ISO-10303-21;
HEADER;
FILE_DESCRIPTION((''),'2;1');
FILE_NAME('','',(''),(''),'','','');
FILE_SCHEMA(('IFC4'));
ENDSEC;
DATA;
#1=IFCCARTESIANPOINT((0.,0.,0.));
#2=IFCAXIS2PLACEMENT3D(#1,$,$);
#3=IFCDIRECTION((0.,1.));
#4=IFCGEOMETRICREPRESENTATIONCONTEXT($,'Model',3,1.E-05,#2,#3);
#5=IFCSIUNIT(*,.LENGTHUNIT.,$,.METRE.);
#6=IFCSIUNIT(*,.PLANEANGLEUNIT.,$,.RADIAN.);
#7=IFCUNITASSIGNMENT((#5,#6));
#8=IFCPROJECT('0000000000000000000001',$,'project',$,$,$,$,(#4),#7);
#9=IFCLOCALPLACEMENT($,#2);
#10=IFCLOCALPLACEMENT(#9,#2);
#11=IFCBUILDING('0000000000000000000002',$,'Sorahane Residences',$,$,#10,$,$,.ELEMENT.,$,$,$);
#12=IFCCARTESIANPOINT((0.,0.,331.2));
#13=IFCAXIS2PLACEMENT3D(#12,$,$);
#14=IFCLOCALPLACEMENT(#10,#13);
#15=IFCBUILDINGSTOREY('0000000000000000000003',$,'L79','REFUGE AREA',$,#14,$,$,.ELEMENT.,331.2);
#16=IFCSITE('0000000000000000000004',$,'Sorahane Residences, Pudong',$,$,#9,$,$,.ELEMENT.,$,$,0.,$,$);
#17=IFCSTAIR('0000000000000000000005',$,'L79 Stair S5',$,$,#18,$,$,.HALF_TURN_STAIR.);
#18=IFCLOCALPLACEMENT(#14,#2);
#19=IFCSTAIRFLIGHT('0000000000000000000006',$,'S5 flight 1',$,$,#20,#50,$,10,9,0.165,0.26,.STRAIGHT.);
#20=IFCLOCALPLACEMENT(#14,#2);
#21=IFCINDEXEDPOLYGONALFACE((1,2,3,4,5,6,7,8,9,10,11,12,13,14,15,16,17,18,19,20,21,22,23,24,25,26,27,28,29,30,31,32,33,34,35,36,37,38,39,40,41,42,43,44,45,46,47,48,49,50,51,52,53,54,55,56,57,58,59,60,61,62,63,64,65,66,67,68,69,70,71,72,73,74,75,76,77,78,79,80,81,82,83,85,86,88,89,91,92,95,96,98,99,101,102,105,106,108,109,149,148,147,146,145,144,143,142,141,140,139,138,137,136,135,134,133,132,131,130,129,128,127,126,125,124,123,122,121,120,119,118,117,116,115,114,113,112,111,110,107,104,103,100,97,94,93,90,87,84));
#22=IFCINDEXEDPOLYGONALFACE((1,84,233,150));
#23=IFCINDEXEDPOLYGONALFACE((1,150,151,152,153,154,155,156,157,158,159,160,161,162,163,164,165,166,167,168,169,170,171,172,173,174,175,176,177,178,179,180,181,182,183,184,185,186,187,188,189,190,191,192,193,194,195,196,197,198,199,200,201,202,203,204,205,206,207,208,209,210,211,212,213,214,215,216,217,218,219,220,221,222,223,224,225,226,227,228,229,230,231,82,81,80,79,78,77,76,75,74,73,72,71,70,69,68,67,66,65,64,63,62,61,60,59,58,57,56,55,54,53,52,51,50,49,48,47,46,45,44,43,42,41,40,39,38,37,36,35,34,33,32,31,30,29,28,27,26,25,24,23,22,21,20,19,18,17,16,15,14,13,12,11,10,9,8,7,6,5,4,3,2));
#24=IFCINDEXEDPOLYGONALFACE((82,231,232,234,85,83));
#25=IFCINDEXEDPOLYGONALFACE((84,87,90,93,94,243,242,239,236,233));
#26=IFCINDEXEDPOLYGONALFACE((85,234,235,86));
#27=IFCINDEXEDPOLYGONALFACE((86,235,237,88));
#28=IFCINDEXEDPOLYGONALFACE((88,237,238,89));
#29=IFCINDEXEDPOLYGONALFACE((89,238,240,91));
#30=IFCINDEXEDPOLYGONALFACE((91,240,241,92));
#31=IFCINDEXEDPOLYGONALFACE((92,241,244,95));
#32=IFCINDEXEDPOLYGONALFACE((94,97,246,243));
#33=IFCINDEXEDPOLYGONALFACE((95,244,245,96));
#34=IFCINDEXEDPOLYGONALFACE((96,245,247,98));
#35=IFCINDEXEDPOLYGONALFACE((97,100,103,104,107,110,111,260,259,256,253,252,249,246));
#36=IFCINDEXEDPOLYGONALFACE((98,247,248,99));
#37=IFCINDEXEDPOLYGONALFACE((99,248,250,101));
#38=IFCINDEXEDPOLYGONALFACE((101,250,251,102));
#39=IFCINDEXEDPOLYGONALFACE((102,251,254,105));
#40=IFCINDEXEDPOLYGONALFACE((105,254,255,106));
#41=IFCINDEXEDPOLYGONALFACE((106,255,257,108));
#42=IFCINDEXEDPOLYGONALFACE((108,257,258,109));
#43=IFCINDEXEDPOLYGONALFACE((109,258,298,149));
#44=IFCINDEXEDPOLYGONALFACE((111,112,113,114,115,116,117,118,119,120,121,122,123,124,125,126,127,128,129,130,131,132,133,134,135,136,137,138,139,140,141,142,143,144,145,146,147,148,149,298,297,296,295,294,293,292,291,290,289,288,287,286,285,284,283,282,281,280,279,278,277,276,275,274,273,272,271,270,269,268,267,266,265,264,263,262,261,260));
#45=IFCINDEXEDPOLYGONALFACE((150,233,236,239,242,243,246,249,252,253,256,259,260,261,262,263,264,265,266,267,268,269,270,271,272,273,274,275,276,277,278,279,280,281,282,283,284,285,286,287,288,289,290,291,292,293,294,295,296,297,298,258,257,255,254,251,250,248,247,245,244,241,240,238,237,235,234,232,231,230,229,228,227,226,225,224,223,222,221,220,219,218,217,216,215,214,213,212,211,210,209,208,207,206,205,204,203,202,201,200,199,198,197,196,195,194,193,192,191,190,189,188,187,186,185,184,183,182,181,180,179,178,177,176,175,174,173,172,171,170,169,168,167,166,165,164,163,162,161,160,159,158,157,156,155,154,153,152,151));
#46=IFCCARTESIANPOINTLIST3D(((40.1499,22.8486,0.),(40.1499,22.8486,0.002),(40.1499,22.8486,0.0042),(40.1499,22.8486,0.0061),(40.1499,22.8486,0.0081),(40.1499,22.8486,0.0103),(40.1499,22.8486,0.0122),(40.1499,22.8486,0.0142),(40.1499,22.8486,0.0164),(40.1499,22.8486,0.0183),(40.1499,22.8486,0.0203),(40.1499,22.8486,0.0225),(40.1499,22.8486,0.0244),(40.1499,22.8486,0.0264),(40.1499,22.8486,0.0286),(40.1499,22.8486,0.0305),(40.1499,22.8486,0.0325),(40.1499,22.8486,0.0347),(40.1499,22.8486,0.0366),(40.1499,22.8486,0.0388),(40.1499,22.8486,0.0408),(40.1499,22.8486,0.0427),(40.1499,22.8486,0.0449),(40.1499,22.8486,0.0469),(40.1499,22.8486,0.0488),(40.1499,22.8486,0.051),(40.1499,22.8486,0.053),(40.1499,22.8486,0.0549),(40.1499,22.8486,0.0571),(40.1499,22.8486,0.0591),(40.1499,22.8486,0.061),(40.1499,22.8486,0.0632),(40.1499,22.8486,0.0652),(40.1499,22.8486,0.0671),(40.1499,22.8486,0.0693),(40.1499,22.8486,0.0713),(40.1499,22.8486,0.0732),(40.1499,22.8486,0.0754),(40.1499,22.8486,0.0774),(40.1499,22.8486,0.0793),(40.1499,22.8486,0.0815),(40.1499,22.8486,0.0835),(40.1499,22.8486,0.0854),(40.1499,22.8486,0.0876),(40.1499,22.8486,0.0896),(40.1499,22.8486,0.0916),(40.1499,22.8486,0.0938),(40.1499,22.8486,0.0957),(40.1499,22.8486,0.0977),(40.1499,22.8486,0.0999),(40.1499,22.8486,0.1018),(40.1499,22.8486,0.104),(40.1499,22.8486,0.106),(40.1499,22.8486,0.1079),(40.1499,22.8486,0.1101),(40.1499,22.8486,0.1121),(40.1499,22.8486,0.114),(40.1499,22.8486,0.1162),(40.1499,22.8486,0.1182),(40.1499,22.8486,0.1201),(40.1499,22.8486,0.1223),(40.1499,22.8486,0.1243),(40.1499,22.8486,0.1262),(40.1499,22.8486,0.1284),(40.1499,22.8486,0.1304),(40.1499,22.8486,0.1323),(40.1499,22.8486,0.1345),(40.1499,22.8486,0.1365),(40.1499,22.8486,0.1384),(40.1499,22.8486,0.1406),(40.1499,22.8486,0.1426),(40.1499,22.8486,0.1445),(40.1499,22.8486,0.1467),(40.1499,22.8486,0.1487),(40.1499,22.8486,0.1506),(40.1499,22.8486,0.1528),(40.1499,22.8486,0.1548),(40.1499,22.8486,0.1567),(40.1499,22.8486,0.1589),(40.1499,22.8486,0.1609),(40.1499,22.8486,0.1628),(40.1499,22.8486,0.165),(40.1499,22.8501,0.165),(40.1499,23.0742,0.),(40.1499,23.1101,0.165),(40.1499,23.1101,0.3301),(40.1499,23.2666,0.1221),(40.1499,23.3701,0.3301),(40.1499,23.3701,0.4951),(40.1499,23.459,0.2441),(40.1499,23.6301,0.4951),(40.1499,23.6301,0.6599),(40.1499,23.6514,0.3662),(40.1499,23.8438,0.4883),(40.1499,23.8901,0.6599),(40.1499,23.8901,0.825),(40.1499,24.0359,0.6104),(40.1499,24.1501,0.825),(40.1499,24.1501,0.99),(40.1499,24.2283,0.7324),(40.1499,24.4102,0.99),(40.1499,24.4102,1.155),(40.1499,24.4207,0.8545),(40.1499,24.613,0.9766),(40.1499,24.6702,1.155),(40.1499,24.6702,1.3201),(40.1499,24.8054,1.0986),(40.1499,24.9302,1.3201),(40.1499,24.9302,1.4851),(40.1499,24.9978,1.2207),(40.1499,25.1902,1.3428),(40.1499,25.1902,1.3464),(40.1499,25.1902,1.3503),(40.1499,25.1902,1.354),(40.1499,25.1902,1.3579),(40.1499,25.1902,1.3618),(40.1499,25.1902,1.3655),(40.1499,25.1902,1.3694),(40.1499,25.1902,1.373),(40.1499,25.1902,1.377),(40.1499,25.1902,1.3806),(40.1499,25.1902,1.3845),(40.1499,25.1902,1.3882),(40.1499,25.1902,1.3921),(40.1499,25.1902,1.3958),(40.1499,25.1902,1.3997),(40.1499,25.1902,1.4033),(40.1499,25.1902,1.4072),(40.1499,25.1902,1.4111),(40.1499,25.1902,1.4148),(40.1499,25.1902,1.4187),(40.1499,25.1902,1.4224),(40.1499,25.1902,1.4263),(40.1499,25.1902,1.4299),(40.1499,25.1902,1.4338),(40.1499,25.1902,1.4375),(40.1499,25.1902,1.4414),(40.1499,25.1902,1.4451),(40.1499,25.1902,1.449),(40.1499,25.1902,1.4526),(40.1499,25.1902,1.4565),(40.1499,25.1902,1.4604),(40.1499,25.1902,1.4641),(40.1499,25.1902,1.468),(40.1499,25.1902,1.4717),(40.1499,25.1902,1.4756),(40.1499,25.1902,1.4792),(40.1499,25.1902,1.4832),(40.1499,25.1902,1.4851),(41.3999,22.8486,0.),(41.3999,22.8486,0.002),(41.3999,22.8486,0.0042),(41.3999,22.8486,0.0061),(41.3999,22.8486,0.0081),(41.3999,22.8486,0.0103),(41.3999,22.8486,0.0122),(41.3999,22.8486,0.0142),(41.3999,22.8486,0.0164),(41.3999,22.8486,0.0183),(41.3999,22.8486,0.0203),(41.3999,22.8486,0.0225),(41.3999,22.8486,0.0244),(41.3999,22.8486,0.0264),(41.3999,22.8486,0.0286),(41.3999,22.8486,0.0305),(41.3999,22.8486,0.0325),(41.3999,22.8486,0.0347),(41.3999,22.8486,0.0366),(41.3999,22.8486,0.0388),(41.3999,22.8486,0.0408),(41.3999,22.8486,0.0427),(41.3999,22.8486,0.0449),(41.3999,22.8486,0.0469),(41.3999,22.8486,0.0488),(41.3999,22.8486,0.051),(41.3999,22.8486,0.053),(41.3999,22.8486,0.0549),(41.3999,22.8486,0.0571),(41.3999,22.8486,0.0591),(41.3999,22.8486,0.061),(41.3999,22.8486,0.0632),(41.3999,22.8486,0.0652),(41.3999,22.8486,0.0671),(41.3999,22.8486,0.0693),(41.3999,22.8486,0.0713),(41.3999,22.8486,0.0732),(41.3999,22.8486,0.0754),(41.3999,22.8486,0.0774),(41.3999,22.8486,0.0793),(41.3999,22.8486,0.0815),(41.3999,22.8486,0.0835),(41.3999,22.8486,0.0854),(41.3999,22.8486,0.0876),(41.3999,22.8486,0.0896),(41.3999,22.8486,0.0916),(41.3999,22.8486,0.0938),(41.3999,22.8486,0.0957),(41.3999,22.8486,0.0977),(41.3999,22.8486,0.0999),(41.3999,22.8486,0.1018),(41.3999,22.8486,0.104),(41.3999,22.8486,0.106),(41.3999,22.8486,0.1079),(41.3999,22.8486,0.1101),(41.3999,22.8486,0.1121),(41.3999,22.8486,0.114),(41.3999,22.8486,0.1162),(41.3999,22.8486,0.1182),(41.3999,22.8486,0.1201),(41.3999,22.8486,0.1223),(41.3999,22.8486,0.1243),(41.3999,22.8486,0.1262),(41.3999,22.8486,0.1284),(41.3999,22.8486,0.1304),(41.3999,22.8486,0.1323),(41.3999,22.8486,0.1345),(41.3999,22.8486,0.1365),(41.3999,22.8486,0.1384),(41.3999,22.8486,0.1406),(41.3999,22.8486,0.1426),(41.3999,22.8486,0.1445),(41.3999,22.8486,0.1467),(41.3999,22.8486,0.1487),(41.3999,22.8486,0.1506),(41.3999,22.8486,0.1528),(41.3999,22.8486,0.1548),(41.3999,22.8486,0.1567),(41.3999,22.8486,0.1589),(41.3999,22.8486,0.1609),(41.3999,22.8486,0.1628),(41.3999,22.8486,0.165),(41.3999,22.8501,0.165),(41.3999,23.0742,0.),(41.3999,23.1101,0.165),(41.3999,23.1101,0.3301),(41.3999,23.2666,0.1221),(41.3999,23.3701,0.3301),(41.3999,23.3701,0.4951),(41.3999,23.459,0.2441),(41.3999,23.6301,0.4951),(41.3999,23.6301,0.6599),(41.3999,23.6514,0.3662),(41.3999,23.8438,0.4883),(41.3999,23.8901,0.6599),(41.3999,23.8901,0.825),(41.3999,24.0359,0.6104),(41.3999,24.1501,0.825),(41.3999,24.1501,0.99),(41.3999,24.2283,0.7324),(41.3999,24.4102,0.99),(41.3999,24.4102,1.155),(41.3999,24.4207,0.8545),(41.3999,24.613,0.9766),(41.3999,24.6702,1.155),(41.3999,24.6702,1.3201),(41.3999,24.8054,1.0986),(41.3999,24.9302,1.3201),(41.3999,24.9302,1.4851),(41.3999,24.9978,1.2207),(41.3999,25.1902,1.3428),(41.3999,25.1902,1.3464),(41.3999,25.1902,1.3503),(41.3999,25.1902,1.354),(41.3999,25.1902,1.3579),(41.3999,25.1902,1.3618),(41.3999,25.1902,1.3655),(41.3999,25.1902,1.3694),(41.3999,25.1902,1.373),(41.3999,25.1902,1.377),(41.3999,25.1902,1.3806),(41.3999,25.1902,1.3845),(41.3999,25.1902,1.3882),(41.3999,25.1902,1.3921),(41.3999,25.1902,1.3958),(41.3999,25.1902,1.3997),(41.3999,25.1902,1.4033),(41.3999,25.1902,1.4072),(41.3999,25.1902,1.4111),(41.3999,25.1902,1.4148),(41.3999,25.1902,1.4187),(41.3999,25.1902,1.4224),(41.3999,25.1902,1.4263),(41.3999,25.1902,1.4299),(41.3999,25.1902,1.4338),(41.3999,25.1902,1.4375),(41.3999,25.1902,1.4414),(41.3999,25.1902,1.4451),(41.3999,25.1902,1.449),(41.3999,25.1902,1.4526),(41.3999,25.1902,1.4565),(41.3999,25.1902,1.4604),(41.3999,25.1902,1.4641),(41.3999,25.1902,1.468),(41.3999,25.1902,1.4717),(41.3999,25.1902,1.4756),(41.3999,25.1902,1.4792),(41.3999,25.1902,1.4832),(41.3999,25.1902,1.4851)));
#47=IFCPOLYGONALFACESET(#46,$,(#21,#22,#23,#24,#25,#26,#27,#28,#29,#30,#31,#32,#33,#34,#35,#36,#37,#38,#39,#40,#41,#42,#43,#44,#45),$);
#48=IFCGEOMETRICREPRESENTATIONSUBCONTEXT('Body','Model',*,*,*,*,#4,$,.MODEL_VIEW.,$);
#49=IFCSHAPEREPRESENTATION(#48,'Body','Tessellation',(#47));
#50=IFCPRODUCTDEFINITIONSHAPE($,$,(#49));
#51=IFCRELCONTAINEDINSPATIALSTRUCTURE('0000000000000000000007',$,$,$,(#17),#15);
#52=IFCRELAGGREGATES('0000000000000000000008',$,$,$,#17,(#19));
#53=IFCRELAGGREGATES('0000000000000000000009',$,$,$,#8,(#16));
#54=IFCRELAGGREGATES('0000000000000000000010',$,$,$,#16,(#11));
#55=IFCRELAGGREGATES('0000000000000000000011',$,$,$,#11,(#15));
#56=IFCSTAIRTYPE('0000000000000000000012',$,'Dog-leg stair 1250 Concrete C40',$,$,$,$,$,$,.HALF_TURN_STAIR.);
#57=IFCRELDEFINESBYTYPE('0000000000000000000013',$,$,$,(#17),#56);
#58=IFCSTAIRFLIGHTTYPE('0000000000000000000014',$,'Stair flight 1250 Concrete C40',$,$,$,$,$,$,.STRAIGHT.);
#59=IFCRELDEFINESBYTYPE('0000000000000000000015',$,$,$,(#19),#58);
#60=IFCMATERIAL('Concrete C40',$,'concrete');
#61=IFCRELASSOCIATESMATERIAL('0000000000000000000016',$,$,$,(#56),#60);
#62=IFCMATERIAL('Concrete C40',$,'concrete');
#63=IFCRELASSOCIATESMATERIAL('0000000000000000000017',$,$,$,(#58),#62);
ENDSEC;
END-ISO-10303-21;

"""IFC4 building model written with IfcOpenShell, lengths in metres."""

from ifc_helpers import new_model, si_unit, direction, frame, origin, place, context, subcontext, project, spatial, polyline, outline, extrude, material, type_object, element, aggregate, save


model = new_model("IFC4")

# Units and contexts
model_context = context("Model", 3, precision=1e-05, world=origin(), true_north=direction((0.0, 1.0)))
body_context = subcontext(model_context, "Body", "Model", "MODEL_VIEW")
ifc_project = project(units=[si_unit("LENGTHUNIT", "METRE"), si_unit("PLANEANGLEUNIT", "RADIAN")], contexts=[model_context])

# Site, building, storey
site_placement = place(None, origin())
site = spatial("IfcSite", under=ifc_project, at=site_placement, Name="Sorahane Residences, Pudong", CompositionType="ELEMENT", RefElevation=0.0)
building_placement = place(site_placement, origin())
building = spatial("IfcBuilding", under=site, at=building_placement, Name="Sorahane Residences", CompositionType="ELEMENT")
storey_placement = place(building_placement, frame((0.0, 0.0, 331.2)))
storey = spatial("IfcBuildingStorey", under=building, at=storey_placement, Name="L79", Description="REFUGE AREA", CompositionType="ELEMENT", Elevation=331.2)

# Stair, stair flight
ifc_material_1 = material(Name="Concrete C40", Category="concrete")
stair_type = type_object("IfcStairType", Name="Dog-leg stair 1250 Concrete C40", PredefinedType="HALF_TURN_STAIR", material=ifc_material_1)
stair_placement = place(storey_placement, origin())
stair = element("IfcStair", 1, at=stair_placement, inside=storey, type_object=stair_type, Name="L79 Stair S5", PredefinedType="HALF_TURN_STAIR")
ifc_material_2 = material(Name="Concrete C40", Category="concrete")
stair_flight_type = type_object("IfcStairFlightType", Name="Stair flight 1250 Concrete C40", PredefinedType="STRAIGHT", material=ifc_material_2)
stair_flight_1_placement = place(storey_placement, frame((40.7749, 22.8501, 0.0), z_axis=(0.0, 0.0, 1.0), x_axis=(0.0, 1.0, 0.0)))
stair_flight_1 = element("IfcStairFlight", 2, at=stair_flight_1_placement, type_object=stair_flight_type, Name="S5 flight 1", NumberOfRisers=10, NumberOfTreads=9, PredefinedType="STRAIGHT", RiserHeight=0.165, TreadLength=0.26, context=body_context, shape_type="SweptSolid", body=[
    extrude(outline(polyline([(-0.0015, 0.0), (-0.0015, 0.002), (-0.0015, 0.0042), (-0.0015, 0.0061), (-0.0015, 0.0081), (-0.0015, 0.0103), (-0.0015, 0.0122), (-0.0015, 0.0142), (-0.0015, 0.0164), (-0.0015, 0.0183), (-0.0015, 0.0203), (-0.0015, 0.0225), (-0.0015, 0.0244), (-0.0015, 0.0264), (-0.0015, 0.0286), (-0.0015, 0.0305), (-0.0015, 0.0325), (-0.0015, 0.0347), (-0.0015, 0.0366), (-0.0015, 0.0388), (-0.0015, 0.0408), (-0.0015, 0.0427), (-0.0015, 0.0449), (-0.0015, 0.0469), (-0.0015, 0.0488), (-0.0015, 0.051), (-0.0015, 0.053), (-0.0015, 0.0549), (-0.0015, 0.0571), (-0.0015, 0.0591), (-0.0015, 0.061), (-0.0015, 0.0632), (-0.0015, 0.0652), (-0.0015, 0.0671), (-0.0015, 0.0693), (-0.0015, 0.0713), (-0.0015, 0.0732), (-0.0015, 0.0754), (-0.0015, 0.0774), (-0.0015, 0.0793), (-0.0015, 0.0815), (-0.0015, 0.0835), (-0.0015, 0.0854), (-0.0015, 0.0876), (-0.0015, 0.0896), (-0.0015, 0.0916), (-0.0015, 0.0938), (-0.0015, 0.0957), (-0.0015, 0.0977), (-0.0015, 0.0999), (-0.0015, 0.1018), (-0.0015, 0.104), (-0.0015, 0.106), (-0.0015, 0.1079), (-0.0015, 0.1101), (-0.0015, 0.1121), (-0.0015, 0.114), (-0.0015, 0.1162), (-0.0015, 0.1182), (-0.0015, 0.1201), (-0.0015, 0.1223), (-0.0015, 0.1243), (-0.0015, 0.1262), (-0.0015, 0.1284), (-0.0015, 0.1304), (-0.0015, 0.1323), (-0.0015, 0.1345), (-0.0015, 0.1365), (-0.0015, 0.1384), (-0.0015, 0.1406), (-0.0015, 0.1426), (-0.0015, 0.1445), (-0.0015, 0.1467), (-0.0015, 0.1487), (-0.0015, 0.1506), (-0.0015, 0.1528), (-0.0015, 0.1548), (-0.0015, 0.1567), (-0.0015, 0.1589), (-0.0015, 0.1609), (-0.0015, 0.1628), (-0.0015, 0.165), (0.0, 0.165), (0.26, 0.165), (0.26, 0.3301), (0.52, 0.3301), (0.52, 0.4951), (0.78, 0.4951), (0.78, 0.6599), (1.04, 0.6599), (1.04, 0.825), (1.3, 0.825), (1.3, 0.99), (1.5601, 0.99), (1.5601, 1.155), (1.8201, 1.155), (1.8201, 1.3201), (2.0801, 1.3201), (2.0801, 1.4851), (2.3401, 1.4851), (2.3401, 1.6499), (2.3401, 1.6462), (2.3401, 1.6423), (2.3401, 1.6387), (2.3401, 1.6348), (2.3401, 1.6311), (2.3401, 1.6272), (2.3401, 1.6235), (2.3401, 1.6196), (2.3401, 1.616), (2.3401, 1.6121), (2.3401, 1.6082), (2.3401, 1.6045), (2.3401, 1.6006), (2.3401, 1.5969), (2.3401, 1.593), (2.3401, 1.5894), (2.3401, 1.5854), (2.3401, 1.5818), (2.3401, 1.5779), (2.3401, 1.5742), (2.3401, 1.5703), (2.3401, 1.5667), (2.3401, 1.5627), (2.3401, 1.5588), (2.3401, 1.5552), (2.3401, 1.5513), (2.3401, 1.5476), (2.3401, 1.5437), (2.3401, 1.54), (2.3401, 1.5361), (2.3401, 1.5325), (2.3401, 1.5286), (2.3401, 1.5249), (2.3401, 1.521), (2.3401, 1.5173), (2.3401, 1.5134), (2.3401, 1.5098), (2.3401, 1.5059), (2.3401, 1.502), (2.3401, 1.4983), (2.3401, 1.4944), (2.3401, 1.4907), (2.3401, 1.4868), (2.3401, 1.4832), (2.3401, 1.4792), (2.3401, 1.4756), (2.3401, 1.4717), (2.3401, 1.468), (2.3401, 1.4641), (2.3401, 1.4604), (2.3401, 1.4565), (2.3401, 1.4526), (2.3401, 1.449), (2.3401, 1.4451), (2.3401, 1.4414), (2.3401, 1.4375), (2.3401, 1.4338), (2.3401, 1.4299), (2.3401, 1.4263), (2.3401, 1.4224), (2.3401, 1.4187), (2.3401, 1.4148), (2.3401, 1.4111), (2.3401, 1.4072), (2.3401, 1.4033), (2.3401, 1.3997), (2.3401, 1.3958), (2.3401, 1.3921), (2.3401, 1.3882), (2.3401, 1.3845), (2.3401, 1.3806), (2.3401, 1.377), (2.3401, 1.373), (2.3401, 1.3694), (2.3401, 1.3655), (2.3401, 1.3618), (2.3401, 1.3579), (2.3401, 1.354), (2.3401, 1.3503), (2.3401, 1.3464), (2.3401, 1.3428), (2.1477, 1.2207), (1.9553, 1.0986), (1.7629, 0.9766), (1.5706, 0.8545), (1.3782, 0.7324), (1.1858, 0.6104), (0.9937, 0.4883), (0.8013, 0.3662), (0.6089, 0.2441), (0.4165, 0.1221), (0.2241, 0.0), (-0.0015, 0.0)])), frame((0.0, 0.625, 0.0), z_axis=(0.0, -1.0, 0.0), x_axis=(1.0, 0.0, 0.0)), (0.0, 0.0, 1.0), 1.25),
])
aggregate(stair, [stair_flight_1])

save(model, "model.ifc")
